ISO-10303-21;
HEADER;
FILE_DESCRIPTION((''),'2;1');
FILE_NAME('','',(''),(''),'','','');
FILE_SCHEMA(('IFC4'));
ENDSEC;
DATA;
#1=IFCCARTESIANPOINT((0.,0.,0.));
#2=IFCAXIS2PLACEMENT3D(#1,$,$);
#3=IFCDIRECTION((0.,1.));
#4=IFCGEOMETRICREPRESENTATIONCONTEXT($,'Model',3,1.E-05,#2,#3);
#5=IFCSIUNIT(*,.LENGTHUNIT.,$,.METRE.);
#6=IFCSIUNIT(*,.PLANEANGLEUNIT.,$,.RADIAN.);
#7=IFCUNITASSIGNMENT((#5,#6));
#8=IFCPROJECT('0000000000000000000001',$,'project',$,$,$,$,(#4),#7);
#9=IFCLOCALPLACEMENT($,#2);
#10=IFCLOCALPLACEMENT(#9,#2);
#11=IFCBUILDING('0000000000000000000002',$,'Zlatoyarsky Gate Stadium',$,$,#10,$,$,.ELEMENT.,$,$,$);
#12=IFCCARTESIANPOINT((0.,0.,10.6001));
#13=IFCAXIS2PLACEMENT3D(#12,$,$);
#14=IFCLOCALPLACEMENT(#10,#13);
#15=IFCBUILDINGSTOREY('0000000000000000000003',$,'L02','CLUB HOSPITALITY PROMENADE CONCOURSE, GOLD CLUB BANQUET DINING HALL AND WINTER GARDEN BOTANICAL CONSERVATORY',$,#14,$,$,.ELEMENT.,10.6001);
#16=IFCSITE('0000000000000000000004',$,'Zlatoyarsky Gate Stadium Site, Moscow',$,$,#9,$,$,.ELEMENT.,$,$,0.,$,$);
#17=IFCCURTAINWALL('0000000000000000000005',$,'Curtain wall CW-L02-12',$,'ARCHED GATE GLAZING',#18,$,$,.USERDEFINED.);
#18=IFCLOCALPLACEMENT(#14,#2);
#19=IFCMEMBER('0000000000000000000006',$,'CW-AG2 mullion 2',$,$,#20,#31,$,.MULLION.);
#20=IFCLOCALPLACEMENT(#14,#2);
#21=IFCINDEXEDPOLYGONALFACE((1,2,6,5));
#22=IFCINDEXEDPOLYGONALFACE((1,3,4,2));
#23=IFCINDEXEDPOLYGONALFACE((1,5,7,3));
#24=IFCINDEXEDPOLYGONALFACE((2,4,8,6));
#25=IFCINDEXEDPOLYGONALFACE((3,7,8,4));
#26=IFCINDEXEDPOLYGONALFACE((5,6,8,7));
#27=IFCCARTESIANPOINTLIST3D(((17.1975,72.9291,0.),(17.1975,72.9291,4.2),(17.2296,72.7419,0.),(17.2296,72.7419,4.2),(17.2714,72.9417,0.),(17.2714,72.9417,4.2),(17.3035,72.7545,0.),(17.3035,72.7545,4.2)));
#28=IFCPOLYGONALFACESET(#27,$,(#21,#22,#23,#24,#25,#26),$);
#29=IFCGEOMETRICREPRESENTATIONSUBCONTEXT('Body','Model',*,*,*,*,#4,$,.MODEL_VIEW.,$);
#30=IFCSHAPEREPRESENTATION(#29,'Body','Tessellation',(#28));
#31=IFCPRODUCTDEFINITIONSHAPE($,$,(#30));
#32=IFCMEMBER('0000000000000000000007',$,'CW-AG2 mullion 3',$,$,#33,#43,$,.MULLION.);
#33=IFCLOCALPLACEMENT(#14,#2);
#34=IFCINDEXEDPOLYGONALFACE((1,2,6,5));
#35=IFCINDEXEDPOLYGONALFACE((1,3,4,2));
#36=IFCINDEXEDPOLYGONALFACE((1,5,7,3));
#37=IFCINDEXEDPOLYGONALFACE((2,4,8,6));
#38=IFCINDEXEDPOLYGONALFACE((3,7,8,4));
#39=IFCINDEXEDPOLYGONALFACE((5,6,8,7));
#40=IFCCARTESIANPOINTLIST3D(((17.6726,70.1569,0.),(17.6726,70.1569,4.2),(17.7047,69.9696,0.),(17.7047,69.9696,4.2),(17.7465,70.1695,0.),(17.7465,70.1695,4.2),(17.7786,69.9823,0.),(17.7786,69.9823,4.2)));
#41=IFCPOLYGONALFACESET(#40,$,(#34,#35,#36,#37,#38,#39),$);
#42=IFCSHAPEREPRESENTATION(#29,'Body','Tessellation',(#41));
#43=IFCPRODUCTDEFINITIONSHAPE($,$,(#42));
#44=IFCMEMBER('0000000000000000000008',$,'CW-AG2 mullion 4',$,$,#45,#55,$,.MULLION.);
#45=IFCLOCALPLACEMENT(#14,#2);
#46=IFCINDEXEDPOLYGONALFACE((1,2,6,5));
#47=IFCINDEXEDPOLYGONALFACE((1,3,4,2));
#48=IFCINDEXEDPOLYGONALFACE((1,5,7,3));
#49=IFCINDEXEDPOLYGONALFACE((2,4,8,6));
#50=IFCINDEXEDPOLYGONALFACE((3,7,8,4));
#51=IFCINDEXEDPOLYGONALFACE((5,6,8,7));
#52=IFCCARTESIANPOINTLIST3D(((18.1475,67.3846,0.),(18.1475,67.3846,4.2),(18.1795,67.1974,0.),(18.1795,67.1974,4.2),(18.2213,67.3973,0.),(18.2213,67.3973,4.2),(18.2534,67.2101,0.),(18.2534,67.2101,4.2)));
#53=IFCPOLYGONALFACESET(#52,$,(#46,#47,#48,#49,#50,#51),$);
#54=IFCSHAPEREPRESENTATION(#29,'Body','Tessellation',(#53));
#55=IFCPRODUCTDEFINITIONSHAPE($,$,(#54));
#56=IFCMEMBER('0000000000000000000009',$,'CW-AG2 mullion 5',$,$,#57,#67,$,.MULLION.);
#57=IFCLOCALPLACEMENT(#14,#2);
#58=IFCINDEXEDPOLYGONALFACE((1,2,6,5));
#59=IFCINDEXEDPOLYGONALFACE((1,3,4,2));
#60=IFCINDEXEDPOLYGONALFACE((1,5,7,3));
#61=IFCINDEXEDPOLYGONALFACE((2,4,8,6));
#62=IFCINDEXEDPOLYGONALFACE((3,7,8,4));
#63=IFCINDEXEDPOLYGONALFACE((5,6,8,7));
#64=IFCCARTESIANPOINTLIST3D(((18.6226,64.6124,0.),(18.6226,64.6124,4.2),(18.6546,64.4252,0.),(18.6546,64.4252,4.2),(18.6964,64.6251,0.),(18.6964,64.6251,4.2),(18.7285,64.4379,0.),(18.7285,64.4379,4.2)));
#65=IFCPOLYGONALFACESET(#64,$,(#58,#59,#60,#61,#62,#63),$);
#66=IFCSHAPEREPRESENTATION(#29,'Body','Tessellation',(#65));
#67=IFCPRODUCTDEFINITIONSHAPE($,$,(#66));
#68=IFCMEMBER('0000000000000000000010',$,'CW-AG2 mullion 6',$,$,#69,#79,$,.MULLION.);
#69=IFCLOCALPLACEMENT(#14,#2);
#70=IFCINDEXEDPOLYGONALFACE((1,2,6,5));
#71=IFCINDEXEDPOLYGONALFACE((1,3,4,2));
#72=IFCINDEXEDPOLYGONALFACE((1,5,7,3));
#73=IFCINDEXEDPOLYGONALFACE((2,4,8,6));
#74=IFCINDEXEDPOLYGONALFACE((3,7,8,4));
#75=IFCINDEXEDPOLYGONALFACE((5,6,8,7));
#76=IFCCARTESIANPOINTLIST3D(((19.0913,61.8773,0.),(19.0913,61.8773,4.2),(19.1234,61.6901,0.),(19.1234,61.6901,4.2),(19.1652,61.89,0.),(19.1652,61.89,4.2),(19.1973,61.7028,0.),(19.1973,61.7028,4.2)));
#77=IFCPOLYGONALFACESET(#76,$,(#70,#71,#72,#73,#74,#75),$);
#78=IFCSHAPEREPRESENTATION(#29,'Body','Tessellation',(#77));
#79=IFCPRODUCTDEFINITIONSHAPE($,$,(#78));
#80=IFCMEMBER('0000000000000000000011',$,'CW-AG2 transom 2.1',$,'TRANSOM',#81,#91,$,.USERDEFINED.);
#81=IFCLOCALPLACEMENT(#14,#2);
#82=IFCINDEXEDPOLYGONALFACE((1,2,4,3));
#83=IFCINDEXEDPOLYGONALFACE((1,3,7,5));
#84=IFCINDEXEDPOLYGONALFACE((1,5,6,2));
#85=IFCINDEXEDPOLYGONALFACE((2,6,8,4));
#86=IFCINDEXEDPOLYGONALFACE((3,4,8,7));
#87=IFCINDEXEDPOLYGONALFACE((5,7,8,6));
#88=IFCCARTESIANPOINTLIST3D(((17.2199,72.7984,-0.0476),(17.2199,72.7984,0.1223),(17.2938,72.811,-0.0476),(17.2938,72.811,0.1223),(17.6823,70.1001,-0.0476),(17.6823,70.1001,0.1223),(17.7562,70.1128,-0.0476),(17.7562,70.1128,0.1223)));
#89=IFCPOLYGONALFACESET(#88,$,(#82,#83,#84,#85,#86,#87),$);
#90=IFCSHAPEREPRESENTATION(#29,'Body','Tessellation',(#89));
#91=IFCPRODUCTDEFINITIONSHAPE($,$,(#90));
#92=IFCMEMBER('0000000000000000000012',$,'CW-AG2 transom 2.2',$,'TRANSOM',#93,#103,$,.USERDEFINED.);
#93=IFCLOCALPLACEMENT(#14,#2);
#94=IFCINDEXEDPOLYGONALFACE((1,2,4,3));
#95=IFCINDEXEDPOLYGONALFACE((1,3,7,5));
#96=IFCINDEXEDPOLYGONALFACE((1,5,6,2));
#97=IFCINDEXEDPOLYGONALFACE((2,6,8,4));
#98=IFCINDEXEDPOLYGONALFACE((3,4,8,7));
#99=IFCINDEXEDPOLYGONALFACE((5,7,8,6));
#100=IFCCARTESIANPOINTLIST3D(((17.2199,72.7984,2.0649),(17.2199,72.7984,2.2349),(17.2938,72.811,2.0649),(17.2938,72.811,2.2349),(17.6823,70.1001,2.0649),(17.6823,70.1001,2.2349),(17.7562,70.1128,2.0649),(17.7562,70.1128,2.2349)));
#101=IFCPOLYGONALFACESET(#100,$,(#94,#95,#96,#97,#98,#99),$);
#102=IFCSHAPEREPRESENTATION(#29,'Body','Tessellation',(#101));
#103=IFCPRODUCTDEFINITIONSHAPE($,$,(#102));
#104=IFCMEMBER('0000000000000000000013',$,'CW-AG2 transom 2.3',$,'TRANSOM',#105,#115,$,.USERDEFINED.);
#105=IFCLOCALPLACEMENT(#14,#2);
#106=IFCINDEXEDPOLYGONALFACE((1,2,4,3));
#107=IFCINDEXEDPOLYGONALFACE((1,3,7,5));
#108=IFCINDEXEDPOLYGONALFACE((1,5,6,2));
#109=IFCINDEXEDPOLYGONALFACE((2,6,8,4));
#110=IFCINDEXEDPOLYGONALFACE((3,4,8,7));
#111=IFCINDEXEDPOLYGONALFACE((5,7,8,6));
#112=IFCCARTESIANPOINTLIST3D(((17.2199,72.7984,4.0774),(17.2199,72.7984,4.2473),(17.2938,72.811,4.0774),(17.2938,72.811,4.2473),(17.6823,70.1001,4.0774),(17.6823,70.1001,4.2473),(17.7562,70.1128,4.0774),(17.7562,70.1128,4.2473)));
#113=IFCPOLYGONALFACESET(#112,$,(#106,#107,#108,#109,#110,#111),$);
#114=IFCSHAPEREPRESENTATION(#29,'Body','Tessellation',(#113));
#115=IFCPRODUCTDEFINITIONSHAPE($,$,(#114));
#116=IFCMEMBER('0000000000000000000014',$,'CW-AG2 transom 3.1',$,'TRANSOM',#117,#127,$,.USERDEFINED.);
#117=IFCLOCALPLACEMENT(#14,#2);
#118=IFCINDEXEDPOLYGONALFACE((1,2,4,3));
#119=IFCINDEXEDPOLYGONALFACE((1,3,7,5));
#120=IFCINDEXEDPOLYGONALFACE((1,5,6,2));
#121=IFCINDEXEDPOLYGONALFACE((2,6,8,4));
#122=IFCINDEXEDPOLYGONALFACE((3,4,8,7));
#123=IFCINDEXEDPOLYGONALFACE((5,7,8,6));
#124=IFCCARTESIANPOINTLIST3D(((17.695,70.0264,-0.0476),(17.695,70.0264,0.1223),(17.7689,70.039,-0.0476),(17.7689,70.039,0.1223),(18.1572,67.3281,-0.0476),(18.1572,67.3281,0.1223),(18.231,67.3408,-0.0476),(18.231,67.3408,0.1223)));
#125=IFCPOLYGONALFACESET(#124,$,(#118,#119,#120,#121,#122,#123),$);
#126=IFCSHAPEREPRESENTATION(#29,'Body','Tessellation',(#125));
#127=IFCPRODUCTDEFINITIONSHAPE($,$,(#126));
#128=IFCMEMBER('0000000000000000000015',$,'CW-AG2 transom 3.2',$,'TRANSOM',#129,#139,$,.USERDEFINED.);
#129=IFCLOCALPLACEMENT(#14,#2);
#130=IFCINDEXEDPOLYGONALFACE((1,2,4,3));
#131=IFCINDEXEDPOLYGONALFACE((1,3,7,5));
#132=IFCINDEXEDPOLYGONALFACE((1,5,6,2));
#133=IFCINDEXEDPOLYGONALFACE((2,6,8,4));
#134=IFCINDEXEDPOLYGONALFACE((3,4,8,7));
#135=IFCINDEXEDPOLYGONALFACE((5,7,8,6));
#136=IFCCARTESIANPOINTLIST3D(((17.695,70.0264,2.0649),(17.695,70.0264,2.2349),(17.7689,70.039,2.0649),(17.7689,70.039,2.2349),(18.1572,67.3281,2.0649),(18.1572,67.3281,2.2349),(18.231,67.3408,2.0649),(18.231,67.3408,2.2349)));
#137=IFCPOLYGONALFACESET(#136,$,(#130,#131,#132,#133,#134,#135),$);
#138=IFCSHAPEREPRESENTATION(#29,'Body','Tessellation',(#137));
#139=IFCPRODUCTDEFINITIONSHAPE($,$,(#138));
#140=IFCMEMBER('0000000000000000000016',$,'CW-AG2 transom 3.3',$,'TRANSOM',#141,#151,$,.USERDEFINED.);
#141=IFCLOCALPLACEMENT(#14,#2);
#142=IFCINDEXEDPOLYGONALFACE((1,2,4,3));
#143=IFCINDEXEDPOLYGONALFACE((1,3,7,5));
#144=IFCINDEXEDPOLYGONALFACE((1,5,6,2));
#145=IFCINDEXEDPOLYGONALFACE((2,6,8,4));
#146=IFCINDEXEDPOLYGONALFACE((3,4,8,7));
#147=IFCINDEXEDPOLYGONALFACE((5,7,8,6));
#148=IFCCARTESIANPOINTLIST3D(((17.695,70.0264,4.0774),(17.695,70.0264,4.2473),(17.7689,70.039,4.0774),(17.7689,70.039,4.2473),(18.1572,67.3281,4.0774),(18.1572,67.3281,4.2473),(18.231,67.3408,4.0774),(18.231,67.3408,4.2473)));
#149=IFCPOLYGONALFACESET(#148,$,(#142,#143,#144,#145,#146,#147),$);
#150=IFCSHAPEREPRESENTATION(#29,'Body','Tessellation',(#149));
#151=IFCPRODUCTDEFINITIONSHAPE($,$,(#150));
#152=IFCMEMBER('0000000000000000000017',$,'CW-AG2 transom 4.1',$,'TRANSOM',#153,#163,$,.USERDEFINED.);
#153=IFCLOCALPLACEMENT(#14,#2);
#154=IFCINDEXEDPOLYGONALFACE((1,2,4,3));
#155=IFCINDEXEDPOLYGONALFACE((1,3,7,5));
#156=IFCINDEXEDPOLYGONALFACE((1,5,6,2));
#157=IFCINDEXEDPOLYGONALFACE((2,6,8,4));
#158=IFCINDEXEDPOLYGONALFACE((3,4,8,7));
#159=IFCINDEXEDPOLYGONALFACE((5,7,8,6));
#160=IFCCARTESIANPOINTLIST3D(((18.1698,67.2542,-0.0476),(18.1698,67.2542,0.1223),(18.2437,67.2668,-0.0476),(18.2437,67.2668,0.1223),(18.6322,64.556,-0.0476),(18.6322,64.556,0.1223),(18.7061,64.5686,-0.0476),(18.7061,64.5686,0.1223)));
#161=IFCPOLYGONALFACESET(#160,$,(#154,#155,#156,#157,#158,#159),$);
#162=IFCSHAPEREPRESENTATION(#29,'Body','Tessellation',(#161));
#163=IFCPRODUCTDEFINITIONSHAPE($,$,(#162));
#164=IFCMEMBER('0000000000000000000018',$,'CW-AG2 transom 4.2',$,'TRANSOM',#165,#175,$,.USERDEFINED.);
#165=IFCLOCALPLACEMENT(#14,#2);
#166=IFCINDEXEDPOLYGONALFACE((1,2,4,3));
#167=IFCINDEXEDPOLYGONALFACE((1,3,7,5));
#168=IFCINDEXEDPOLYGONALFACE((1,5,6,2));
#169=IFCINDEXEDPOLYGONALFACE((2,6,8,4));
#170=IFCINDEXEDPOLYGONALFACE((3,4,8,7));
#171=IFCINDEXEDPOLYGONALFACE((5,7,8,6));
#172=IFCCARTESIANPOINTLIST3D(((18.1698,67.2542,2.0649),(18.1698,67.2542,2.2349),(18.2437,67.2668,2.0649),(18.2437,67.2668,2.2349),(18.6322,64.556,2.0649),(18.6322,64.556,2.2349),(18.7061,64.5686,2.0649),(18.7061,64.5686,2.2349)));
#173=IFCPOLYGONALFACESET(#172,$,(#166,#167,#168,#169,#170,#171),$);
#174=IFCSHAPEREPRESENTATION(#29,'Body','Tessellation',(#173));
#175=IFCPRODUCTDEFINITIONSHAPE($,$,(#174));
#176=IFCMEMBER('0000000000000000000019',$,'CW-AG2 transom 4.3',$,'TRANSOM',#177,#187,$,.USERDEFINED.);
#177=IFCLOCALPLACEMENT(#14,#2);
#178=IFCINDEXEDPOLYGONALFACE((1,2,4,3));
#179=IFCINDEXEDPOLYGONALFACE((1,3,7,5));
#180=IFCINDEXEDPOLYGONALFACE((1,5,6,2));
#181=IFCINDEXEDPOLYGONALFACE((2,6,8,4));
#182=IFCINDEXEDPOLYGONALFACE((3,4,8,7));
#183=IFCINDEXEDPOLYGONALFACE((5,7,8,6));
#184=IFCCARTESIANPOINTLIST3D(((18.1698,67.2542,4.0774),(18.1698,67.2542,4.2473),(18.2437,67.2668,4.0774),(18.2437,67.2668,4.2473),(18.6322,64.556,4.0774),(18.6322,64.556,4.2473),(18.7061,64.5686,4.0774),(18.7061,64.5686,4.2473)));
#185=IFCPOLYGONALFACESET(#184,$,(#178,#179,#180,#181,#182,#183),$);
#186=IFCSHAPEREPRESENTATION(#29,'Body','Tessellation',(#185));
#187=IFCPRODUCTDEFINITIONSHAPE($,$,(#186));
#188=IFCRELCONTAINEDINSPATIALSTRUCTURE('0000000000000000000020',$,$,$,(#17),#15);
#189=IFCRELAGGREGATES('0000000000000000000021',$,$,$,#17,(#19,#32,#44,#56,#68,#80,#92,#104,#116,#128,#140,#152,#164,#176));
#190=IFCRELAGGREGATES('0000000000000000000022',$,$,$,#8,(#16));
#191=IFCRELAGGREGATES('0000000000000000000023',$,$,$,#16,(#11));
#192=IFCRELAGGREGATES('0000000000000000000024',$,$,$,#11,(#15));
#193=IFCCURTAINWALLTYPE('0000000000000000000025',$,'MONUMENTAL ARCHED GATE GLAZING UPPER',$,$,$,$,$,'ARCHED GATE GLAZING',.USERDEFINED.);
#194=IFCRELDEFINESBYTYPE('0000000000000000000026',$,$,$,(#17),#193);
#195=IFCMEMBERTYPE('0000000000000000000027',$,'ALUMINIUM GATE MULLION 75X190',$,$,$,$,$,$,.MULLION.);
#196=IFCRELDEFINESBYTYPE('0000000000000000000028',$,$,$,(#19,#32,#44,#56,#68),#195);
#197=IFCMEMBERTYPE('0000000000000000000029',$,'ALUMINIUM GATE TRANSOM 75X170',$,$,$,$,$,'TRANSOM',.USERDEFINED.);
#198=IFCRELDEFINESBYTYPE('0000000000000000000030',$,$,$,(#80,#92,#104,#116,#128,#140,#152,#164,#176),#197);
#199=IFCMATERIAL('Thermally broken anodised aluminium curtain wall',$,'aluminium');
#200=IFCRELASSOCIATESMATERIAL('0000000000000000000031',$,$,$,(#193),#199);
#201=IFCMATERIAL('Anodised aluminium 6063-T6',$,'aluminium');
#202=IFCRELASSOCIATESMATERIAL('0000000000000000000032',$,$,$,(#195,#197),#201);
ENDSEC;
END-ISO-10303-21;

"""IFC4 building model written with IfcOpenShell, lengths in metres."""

from ifc_helpers import new_model, si_unit, direction, frame, origin, origin_2d, place, context, subcontext, project, spatial, rectangle, extrude, material, material_profile, profile_set, type_object, element, aggregate, save


model = new_model("IFC4")

# Units and contexts
model_context = context("Model", 3, precision=1e-05, world=origin(), true_north=direction((0.0, 1.0)))
body_context = subcontext(model_context, "Body", "Model", "MODEL_VIEW")
ifc_project = project(units=[si_unit("LENGTHUNIT", "METRE"), si_unit("PLANEANGLEUNIT", "RADIAN")], contexts=[model_context])

# Site, building, storey
site_placement = place(None, origin())
site = spatial("IfcSite", under=ifc_project, at=site_placement, Name="Zlatoyarsky Gate Stadium Site, Moscow", CompositionType="ELEMENT", RefElevation=0.0)
building_placement = place(site_placement, origin())
building = spatial("IfcBuilding", under=site, at=building_placement, Name="Zlatoyarsky Gate Stadium", CompositionType="ELEMENT")
storey_placement = place(building_placement, frame((0.0, 0.0, 10.6001)))
storey = spatial("IfcBuildingStorey", under=building, at=storey_placement, Name="L02", Description="CLUB HOSPITALITY PROMENADE CONCOURSE, GOLD CLUB BANQUET DINING HALL AND WINTER GARDEN BOTANICAL CONSERVATORY", CompositionType="ELEMENT", Elevation=10.6001)

# Curtain wall, members
ifc_material_1 = material(Name="Thermally broken anodised aluminium curtain wall", Category="aluminium")
curtain_wall_type = type_object("IfcCurtainWallType", Name="MONUMENTAL ARCHED GATE GLAZING UPPER", ElementType="ARCHED GATE GLAZING", PredefinedType="USERDEFINED", material=ifc_material_1)
curtain_wall_placement = place(storey_placement, origin())
curtain_wall = element("IfcCurtainWall", 1, at=curtain_wall_placement, inside=storey, type_object=curtain_wall_type, Name="Curtain wall CW-L02-12", ObjectType="ARCHED GATE GLAZING", PredefinedType="USERDEFINED")
ifc_material_2 = material(Name="Anodised aluminium 6063-T6", Category="aluminium")
ifc_material_profile_1 = material_profile(ifc_material_2, rectangle(XDim=0.075, YDim=0.1899, at=origin_2d()), Name="ALU 75X190")
ifc_profile_set_1 = profile_set([ifc_material_profile_1], Name="Anodised aluminium 6063-T6")
member_type_1 = type_object("IfcMemberType", Name="ALUMINIUM GATE MULLION 75X190", PredefinedType="MULLION", material=ifc_profile_set_1)
member_1_placement = place(storey_placement, frame((17.2505, 72.8418, 0.0), z_axis=(0.0, 0.0, 1.0), x_axis=(0.985637, 0.168878, 0.0)))
member_1 = element("IfcMember", 2, at=member_1_placement, type_object=member_type_1, Name="CW-AG2 mullion 2", PredefinedType="MULLION", context=body_context, shape_type="SweptSolid", body=[
    extrude(rectangle(XDim=0.075, YDim=0.1899, at=origin_2d()), origin(), (0.0, 0.0, 1.0), 4.2),
])
member_2_placement = place(storey_placement, frame((17.7256, 70.0696, 0.0), z_axis=(0.0, 0.0, 1.0), x_axis=(0.985637, 0.168878, 0.0)))
member_2 = element("IfcMember", 3, at=member_2_placement, type_object=member_type_1, Name="CW-AG2 mullion 3", PredefinedType="MULLION", context=body_context, shape_type="SweptSolid", body=[
    extrude(rectangle(XDim=0.075, YDim=0.1899, at=origin_2d()), origin(), (0.0, 0.0, 1.0), 4.2),
])
member_3_placement = place(storey_placement, frame((18.2004, 67.2974, 0.0), z_axis=(0.0, 0.0, 1.0), x_axis=(0.985637, 0.168878, 0.0)))
member_3 = element("IfcMember", 4, at=member_3_placement, type_object=member_type_1, Name="CW-AG2 mullion 4", PredefinedType="MULLION", context=body_context, shape_type="SweptSolid", body=[
    extrude(rectangle(XDim=0.075, YDim=0.1899, at=origin_2d()), origin(), (0.0, 0.0, 1.0), 4.2),
])
member_4_placement = place(storey_placement, frame((18.6755, 64.5251, 0.0), z_axis=(0.0, 0.0, 1.0), x_axis=(0.985637, 0.168878, 0.0)))
member_4 = element("IfcMember", 5, at=member_4_placement, type_object=member_type_1, Name="CW-AG2 mullion 5", PredefinedType="MULLION", context=body_context, shape_type="SweptSolid", body=[
    extrude(rectangle(XDim=0.075, YDim=0.1899, at=origin_2d()), origin(), (0.0, 0.0, 1.0), 4.2),
])
member_5_placement = place(storey_placement, frame((19.1443, 61.79, 0.0), z_axis=(0.0, 0.0, 1.0), x_axis=(0.985637, 0.168878, 0.0)))
member_5 = element("IfcMember", 6, at=member_5_placement, type_object=member_type_1, Name="CW-AG2 mullion 6", PredefinedType="MULLION", context=body_context, shape_type="SweptSolid", body=[
    extrude(rectangle(XDim=0.075, YDim=0.1899, at=origin_2d()), origin(), (0.0, 0.0, 1.0), 4.2),
])
ifc_material_profile_2 = material_profile(ifc_material_2, rectangle(XDim=0.075, YDim=0.1699, at=origin_2d()), Name="ALU 75X170")
ifc_profile_set_2 = profile_set([ifc_material_profile_2], Name="Anodised aluminium 6063-T6")
member_type_2 = type_object("IfcMemberType", Name="ALUMINIUM GATE TRANSOM 75X170", ElementType="TRANSOM", PredefinedType="USERDEFINED", material=ifc_profile_set_2)
member_6_placement = place(storey_placement, frame((17.2568, 72.8047, 0.0374), z_axis=(0.168909, -0.985632, 0.0), x_axis=(0.985632, 0.168909, 0.0)))
member_6 = element("IfcMember", 7, at=member_6_placement, type_object=member_type_2, Name="CW-AG2 transom 2.1", ObjectType="TRANSOM", PredefinedType="USERDEFINED", context=body_context, shape_type="SweptSolid", body=[
    extrude(rectangle(XDim=0.075, YDim=0.1699, at=origin_2d()), origin(), (0.0, 0.0, 1.0), 2.7375),
])
member_7_placement = place(storey_placement, frame((17.2568, 72.8047, 2.1499), z_axis=(0.168909, -0.985632, 0.0), x_axis=(0.985632, 0.168909, 0.0)))
member_7 = element("IfcMember", 8, at=member_7_placement, type_object=member_type_2, Name="CW-AG2 transom 2.2", ObjectType="TRANSOM", PredefinedType="USERDEFINED", context=body_context, shape_type="SweptSolid", body=[
    extrude(rectangle(XDim=0.075, YDim=0.1699, at=origin_2d()), origin(), (0.0, 0.0, 1.0), 2.7375),
])
member_8_placement = place(storey_placement, frame((17.2568, 72.8047, 4.1624), z_axis=(0.168909, -0.985632, 0.0), x_axis=(0.985632, 0.168909, 0.0)))
member_8 = element("IfcMember", 9, at=member_8_placement, type_object=member_type_2, Name="CW-AG2 transom 2.3", ObjectType="TRANSOM", PredefinedType="USERDEFINED", context=body_context, shape_type="SweptSolid", body=[
    extrude(rectangle(XDim=0.075, YDim=0.1699, at=origin_2d()), origin(), (0.0, 0.0, 1.0), 2.7375),
])
member_9_placement = place(storey_placement, frame((17.7319, 70.0327, 0.0374), z_axis=(0.168823, -0.985646, 0.0), x_axis=(0.985646, 0.168823, 0.0)))
member_9 = element("IfcMember", 10, at=member_9_placement, type_object=member_type_2, Name="CW-AG2 transom 3.1", ObjectType="TRANSOM", PredefinedType="USERDEFINED", context=body_context, shape_type="SweptSolid", body=[
    extrude(rectangle(XDim=0.075, YDim=0.1699, at=origin_2d()), origin(), (0.0, 0.0, 1.0), 2.7375),
])
member_10_placement = place(storey_placement, frame((17.7319, 70.0327, 2.1499), z_axis=(0.168823, -0.985646, 0.0), x_axis=(0.985646, 0.168823, 0.0)))
member_10 = element("IfcMember", 11, at=member_10_placement, type_object=member_type_2, Name="CW-AG2 transom 3.2", ObjectType="TRANSOM", PredefinedType="USERDEFINED", context=body_context, shape_type="SweptSolid", body=[
    extrude(rectangle(XDim=0.075, YDim=0.1699, at=origin_2d()), origin(), (0.0, 0.0, 1.0), 2.7375),
])
member_11_placement = place(storey_placement, frame((17.7319, 70.0327, 4.1624), z_axis=(0.168823, -0.985646, 0.0), x_axis=(0.985646, 0.168823, 0.0)))
member_11 = element("IfcMember", 12, at=member_11_placement, type_object=member_type_2, Name="CW-AG2 transom 3.3", ObjectType="TRANSOM", PredefinedType="USERDEFINED", context=body_context, shape_type="SweptSolid", body=[
    extrude(rectangle(XDim=0.075, YDim=0.1699, at=origin_2d()), origin(), (0.0, 0.0, 1.0), 2.7375),
])
member_12_placement = place(storey_placement, frame((18.2068, 67.2605, 0.0374), z_axis=(0.168909, -0.985632, 0.0), x_axis=(0.985632, 0.168909, 0.0)))
member_12 = element("IfcMember", 13, at=member_12_placement, type_object=member_type_2, Name="CW-AG2 transom 4.1", ObjectType="TRANSOM", PredefinedType="USERDEFINED", context=body_context, shape_type="SweptSolid", body=[
    extrude(rectangle(XDim=0.075, YDim=0.1699, at=origin_2d()), origin(), (0.0, 0.0, 1.0), 2.7375),
])
member_13_placement = place(storey_placement, frame((18.2068, 67.2605, 2.1499), z_axis=(0.168909, -0.985632, 0.0), x_axis=(0.985632, 0.168909, 0.0)))
member_13 = element("IfcMember", 14, at=member_13_placement, type_object=member_type_2, Name="CW-AG2 transom 4.2", ObjectType="TRANSOM", PredefinedType="USERDEFINED", context=body_context, shape_type="SweptSolid", body=[
    extrude(rectangle(XDim=0.075, YDim=0.1699, at=origin_2d()), origin(), (0.0, 0.0, 1.0), 2.7375),
])
member_14_placement = place(storey_placement, frame((18.2068, 67.2605, 4.1624), z_axis=(0.168909, -0.985632, 0.0), x_axis=(0.985632, 0.168909, 0.0)))
member_14 = element("IfcMember", 15, at=member_14_placement, type_object=member_type_2, Name="CW-AG2 transom 4.3", ObjectType="TRANSOM", PredefinedType="USERDEFINED", context=body_context, shape_type="SweptSolid", body=[
    extrude(rectangle(XDim=0.075, YDim=0.1699, at=origin_2d()), origin(), (0.0, 0.0, 1.0), 2.7375),
])
aggregate(curtain_wall, [member_1, member_2, member_3, member_4, member_5, member_6, member_7, member_8, member_9, member_10, member_11, member_12, member_13, member_14])

save(model, "model.ifc")
